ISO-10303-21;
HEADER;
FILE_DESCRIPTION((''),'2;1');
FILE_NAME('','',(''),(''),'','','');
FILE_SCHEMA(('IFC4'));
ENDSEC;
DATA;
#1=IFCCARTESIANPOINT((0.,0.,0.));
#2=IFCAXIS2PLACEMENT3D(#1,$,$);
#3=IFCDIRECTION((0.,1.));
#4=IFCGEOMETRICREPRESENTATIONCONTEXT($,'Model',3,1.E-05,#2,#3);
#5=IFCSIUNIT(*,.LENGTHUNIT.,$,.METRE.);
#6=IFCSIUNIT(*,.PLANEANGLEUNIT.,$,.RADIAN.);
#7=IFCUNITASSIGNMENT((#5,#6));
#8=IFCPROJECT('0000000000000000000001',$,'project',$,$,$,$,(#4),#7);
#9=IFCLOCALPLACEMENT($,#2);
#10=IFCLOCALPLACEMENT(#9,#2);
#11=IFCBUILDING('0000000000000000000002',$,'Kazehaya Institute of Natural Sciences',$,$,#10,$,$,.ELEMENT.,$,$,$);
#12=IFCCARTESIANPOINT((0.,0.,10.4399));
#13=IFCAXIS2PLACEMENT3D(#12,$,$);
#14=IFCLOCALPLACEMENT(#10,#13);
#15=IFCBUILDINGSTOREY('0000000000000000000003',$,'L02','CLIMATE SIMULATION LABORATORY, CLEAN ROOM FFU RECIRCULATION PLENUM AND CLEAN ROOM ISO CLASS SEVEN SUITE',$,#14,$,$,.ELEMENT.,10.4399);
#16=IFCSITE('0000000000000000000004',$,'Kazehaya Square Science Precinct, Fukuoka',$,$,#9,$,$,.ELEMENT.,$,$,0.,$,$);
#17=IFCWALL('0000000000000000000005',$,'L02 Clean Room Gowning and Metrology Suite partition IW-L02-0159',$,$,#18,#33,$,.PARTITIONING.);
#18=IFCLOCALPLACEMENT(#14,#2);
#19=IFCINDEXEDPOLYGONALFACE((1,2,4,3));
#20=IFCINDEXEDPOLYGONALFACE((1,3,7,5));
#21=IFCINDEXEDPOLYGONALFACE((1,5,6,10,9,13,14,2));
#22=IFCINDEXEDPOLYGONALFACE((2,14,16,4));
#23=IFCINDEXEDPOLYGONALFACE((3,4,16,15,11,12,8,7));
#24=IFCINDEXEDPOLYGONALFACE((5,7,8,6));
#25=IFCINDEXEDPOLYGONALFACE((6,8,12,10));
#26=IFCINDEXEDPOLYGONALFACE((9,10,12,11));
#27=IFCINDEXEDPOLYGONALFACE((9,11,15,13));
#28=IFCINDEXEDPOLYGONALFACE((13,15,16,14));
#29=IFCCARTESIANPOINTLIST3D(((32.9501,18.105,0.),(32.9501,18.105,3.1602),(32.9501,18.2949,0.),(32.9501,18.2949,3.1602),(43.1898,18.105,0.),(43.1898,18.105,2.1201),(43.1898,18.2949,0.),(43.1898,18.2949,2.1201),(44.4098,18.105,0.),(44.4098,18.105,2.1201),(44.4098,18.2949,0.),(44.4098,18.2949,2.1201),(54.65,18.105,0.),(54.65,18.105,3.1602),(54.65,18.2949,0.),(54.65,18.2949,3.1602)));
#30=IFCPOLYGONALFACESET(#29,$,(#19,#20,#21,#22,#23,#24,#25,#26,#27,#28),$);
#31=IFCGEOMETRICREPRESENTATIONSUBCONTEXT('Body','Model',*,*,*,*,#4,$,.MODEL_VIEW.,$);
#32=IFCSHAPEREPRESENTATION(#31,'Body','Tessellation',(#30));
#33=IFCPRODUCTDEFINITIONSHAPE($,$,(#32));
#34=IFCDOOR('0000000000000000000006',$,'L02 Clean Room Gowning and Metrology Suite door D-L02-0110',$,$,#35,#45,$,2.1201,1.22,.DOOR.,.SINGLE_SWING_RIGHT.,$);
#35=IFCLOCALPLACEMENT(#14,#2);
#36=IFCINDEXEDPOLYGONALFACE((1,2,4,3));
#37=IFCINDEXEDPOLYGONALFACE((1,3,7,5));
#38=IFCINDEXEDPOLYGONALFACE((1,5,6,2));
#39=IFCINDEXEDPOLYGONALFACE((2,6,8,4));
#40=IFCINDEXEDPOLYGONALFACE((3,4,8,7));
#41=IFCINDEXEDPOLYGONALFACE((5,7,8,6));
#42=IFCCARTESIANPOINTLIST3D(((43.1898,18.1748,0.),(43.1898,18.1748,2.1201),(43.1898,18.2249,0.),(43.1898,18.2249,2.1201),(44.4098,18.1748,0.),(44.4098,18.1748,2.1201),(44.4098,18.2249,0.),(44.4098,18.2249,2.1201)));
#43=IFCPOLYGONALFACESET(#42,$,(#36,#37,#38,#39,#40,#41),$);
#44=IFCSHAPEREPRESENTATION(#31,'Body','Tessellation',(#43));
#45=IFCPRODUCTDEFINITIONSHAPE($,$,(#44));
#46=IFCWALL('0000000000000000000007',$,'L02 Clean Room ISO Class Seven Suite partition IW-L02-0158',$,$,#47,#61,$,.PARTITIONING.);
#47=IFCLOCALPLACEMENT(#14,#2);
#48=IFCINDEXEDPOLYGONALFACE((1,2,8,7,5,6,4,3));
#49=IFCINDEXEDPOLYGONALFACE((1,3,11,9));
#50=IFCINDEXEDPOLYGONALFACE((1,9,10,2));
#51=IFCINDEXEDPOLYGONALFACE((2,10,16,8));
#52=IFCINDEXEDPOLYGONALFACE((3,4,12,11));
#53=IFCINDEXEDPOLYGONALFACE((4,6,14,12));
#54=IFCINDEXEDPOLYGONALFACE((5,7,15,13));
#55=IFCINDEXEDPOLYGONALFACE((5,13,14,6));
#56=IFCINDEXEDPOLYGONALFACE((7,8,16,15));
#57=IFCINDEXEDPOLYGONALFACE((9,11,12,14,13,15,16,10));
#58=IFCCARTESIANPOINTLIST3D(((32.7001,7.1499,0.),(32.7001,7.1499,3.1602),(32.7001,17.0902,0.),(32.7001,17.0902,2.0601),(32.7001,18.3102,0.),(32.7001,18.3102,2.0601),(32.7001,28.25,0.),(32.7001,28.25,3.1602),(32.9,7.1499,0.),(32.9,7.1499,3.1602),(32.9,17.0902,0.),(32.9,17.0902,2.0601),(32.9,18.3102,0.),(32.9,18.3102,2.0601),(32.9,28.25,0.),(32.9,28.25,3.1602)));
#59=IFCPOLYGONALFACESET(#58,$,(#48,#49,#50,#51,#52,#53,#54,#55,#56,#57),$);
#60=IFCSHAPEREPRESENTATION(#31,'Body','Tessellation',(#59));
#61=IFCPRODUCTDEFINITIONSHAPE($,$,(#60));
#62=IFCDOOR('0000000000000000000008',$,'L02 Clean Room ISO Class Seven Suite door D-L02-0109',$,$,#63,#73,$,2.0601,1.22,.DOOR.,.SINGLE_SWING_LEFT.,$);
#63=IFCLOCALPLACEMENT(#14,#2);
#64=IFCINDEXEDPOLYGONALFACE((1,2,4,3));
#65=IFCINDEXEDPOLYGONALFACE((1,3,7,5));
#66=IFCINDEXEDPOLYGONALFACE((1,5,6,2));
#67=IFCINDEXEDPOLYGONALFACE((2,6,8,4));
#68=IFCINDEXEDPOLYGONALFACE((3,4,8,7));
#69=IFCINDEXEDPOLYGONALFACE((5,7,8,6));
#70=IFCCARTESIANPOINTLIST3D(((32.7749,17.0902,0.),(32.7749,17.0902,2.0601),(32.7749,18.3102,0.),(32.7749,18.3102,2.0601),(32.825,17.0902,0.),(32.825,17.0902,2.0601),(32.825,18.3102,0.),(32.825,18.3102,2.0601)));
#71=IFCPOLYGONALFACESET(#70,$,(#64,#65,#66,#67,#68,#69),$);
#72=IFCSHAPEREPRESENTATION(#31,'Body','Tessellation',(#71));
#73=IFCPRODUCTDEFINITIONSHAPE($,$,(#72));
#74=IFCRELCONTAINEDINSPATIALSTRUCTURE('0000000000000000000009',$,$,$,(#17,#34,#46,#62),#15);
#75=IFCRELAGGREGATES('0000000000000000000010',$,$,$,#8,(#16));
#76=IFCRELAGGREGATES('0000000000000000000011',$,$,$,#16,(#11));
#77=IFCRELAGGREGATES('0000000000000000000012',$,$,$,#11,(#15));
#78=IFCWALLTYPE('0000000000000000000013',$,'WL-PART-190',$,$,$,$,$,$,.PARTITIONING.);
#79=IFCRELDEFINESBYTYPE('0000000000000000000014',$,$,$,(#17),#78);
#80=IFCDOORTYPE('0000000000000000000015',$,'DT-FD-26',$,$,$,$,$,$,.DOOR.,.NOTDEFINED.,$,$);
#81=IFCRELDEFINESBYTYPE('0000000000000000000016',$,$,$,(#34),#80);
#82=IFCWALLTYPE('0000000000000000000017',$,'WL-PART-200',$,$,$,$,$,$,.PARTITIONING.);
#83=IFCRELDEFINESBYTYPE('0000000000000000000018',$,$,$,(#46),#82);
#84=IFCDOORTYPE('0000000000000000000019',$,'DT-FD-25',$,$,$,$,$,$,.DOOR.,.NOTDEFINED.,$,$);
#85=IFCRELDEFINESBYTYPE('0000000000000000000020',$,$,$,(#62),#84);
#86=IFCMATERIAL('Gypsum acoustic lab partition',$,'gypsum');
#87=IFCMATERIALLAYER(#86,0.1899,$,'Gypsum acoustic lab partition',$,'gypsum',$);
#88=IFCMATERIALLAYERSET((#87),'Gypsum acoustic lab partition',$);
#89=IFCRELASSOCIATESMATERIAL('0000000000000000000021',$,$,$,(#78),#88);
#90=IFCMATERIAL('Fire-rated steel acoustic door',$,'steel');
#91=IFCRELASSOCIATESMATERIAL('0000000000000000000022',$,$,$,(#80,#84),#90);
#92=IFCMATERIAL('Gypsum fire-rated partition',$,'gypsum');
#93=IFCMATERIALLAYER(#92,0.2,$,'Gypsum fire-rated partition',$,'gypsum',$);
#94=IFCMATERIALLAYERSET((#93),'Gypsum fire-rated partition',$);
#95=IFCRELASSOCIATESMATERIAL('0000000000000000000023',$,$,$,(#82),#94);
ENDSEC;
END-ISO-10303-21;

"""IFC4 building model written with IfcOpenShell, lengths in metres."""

from ifc_helpers import new_model, si_unit, direction, frame, frame_2d, origin, place, context, subcontext, project, spatial, rectangle, extrude, material, layer, layer_set, type_object, element, fill, save


model = new_model("IFC4")

# Units and contexts
model_context = context("Model", 3, precision=1e-05, world=origin(), true_north=direction((0.0, 1.0)))
body_context = subcontext(model_context, "Body", "Model", "MODEL_VIEW")
ifc_project = project(units=[si_unit("LENGTHUNIT", "METRE"), si_unit("PLANEANGLEUNIT", "RADIAN")], contexts=[model_context])

# Site, building, storey
site_placement = place(None, origin())
site = spatial("IfcSite", under=ifc_project, at=site_placement, Name="Kazehaya Square Science Precinct, Fukuoka", CompositionType="ELEMENT", RefElevation=0.0)
building_placement = place(site_placement, origin())
building = spatial("IfcBuilding", under=site, at=building_placement, Name="Kazehaya Institute of Natural Sciences", CompositionType="ELEMENT")
storey_placement = place(building_placement, frame((0.0, 0.0, 10.4399)))
storey = spatial("IfcBuildingStorey", under=building, at=storey_placement, Name="L02", Description="CLIMATE SIMULATION LABORATORY, CLEAN ROOM FFU RECIRCULATION PLENUM AND CLEAN ROOM ISO CLASS SEVEN SUITE", CompositionType="ELEMENT", Elevation=10.4399)

# Walls, openings, doors
ifc_material_1 = material(Name="Gypsum acoustic lab partition", Category="gypsum")
ifc_layer_1 = layer(ifc_material_1, 0.1899, Name="Gypsum acoustic lab partition", Category="gypsum")
ifc_layer_set_1 = layer_set([ifc_layer_1], Name="Gypsum acoustic lab partition")
wall_type_1 = type_object("IfcWallType", Name="WL-PART-190", PredefinedType="PARTITIONING", material=ifc_layer_set_1)
wall_1_placement = place(storey_placement, frame((32.95, 18.2, 0.0), z_axis=(0.0, 0.0, 1.0), x_axis=(1.0, 0.0, 0.0)))
wall_1 = element("IfcWall", 1, at=wall_1_placement, inside=storey, type_object=wall_type_1, Name="L02 Clean Room Gowning and Metrology Suite partition IW-L02-0159", PredefinedType="PARTITIONING", context=body_context, shape_type="SweptSolid", body=[
    extrude(rectangle(XDim=21.7, YDim=0.1899, at=frame_2d((10.8501, 0.0))), origin(), (0.0, 0.0, 1.0), 3.1602),
])
opening_1_placement = place(wall_1_placement, frame((10.24, 0.0, 0.0)))
opening_1 = element("IfcOpeningElement", 2, at=opening_1_placement, cuts=wall_1, PredefinedType="OPENING", context=body_context, shape_type="SweptSolid", body=[
    extrude(rectangle(XDim=1.22, YDim=2.1201, at=frame_2d((0.6099, 1.0601))), frame((0.0, 0.105, 0.0), z_axis=(0.0, -1.0, 0.0), x_axis=(1.0, 0.0, 0.0)), (0.0, 0.0, 1.0), 0.21),
])
ifc_material_2 = material(Name="Fire-rated steel acoustic door", Category="steel")
door_type_1 = type_object("IfcDoorType", Name="DT-FD-26", OperationType="NOTDEFINED", PredefinedType="DOOR", material=ifc_material_2)
door_1_placement = place(opening_1_placement, origin())
door_1 = element("IfcDoor", 3, at=door_1_placement, inside=storey, type_object=door_type_1, Name="L02 Clean Room Gowning and Metrology Suite door D-L02-0110", OperationType="SINGLE_SWING_RIGHT", OverallHeight=2.1201, OverallWidth=1.22, PredefinedType="DOOR", context=body_context, shape_type="SweptSolid", body=[
    extrude(rectangle(XDim=1.22, YDim=2.1201, at=frame_2d((0.6099, 1.0601))), frame((0.0, 0.0249, 0.0), z_axis=(0.0, -1.0, 0.0), x_axis=(1.0, 0.0, 0.0)), (0.0, 0.0, 1.0), 0.05),
])
fill(opening_1, door_1)
ifc_material_3 = material(Name="Gypsum fire-rated partition", Category="gypsum")
ifc_layer_2 = layer(ifc_material_3, 0.2, Name="Gypsum fire-rated partition", Category="gypsum")
ifc_layer_set_2 = layer_set([ifc_layer_2], Name="Gypsum fire-rated partition")
wall_type_2 = type_object("IfcWallType", Name="WL-PART-200", PredefinedType="PARTITIONING", material=ifc_layer_set_2)
wall_2_placement = place(storey_placement, frame((32.8, 28.25, 0.0), z_axis=(0.0, 0.0, 1.0), x_axis=(0.0, -1.0, 0.0)))
wall_2 = element("IfcWall", 4, at=wall_2_placement, inside=storey, type_object=wall_type_2, Name="L02 Clean Room ISO Class Seven Suite partition IW-L02-0158", PredefinedType="PARTITIONING", context=body_context, shape_type="SweptSolid", body=[
    extrude(rectangle(XDim=21.1001, YDim=0.2, at=frame_2d((10.55, 0.0))), origin(), (0.0, 0.0, 1.0), 3.1602),
])
opening_2_placement = place(wall_2_placement, frame((9.9399, 0.0, 0.0)))
opening_2 = element("IfcOpeningElement", 5, at=opening_2_placement, cuts=wall_2, PredefinedType="OPENING", context=body_context, shape_type="SweptSolid", body=[
    extrude(rectangle(XDim=1.22, YDim=2.0601, at=frame_2d((0.6099, 1.03))), frame((0.0, 0.1099, 0.0), z_axis=(0.0, -1.0, 0.0), x_axis=(1.0, 0.0, 0.0)), (0.0, 0.0, 1.0), 0.22),
])
door_type_2 = type_object("IfcDoorType", Name="DT-FD-25", OperationType="NOTDEFINED", PredefinedType="DOOR", material=ifc_material_2)
door_2_placement = place(opening_2_placement, origin())
door_2 = element("IfcDoor", 6, at=door_2_placement, inside=storey, type_object=door_type_2, Name="L02 Clean Room ISO Class Seven Suite door D-L02-0109", OperationType="SINGLE_SWING_LEFT", OverallHeight=2.0601, OverallWidth=1.22, PredefinedType="DOOR", context=body_context, shape_type="SweptSolid", body=[
    extrude(rectangle(XDim=1.22, YDim=2.0601, at=frame_2d((0.6099, 1.03))), frame((0.0, 0.0249, 0.0), z_axis=(0.0, -1.0, 0.0), x_axis=(1.0, 0.0, 0.0)), (0.0, 0.0, 1.0), 0.05),
])
fill(opening_2, door_2)

save(model, "model.ifc")
